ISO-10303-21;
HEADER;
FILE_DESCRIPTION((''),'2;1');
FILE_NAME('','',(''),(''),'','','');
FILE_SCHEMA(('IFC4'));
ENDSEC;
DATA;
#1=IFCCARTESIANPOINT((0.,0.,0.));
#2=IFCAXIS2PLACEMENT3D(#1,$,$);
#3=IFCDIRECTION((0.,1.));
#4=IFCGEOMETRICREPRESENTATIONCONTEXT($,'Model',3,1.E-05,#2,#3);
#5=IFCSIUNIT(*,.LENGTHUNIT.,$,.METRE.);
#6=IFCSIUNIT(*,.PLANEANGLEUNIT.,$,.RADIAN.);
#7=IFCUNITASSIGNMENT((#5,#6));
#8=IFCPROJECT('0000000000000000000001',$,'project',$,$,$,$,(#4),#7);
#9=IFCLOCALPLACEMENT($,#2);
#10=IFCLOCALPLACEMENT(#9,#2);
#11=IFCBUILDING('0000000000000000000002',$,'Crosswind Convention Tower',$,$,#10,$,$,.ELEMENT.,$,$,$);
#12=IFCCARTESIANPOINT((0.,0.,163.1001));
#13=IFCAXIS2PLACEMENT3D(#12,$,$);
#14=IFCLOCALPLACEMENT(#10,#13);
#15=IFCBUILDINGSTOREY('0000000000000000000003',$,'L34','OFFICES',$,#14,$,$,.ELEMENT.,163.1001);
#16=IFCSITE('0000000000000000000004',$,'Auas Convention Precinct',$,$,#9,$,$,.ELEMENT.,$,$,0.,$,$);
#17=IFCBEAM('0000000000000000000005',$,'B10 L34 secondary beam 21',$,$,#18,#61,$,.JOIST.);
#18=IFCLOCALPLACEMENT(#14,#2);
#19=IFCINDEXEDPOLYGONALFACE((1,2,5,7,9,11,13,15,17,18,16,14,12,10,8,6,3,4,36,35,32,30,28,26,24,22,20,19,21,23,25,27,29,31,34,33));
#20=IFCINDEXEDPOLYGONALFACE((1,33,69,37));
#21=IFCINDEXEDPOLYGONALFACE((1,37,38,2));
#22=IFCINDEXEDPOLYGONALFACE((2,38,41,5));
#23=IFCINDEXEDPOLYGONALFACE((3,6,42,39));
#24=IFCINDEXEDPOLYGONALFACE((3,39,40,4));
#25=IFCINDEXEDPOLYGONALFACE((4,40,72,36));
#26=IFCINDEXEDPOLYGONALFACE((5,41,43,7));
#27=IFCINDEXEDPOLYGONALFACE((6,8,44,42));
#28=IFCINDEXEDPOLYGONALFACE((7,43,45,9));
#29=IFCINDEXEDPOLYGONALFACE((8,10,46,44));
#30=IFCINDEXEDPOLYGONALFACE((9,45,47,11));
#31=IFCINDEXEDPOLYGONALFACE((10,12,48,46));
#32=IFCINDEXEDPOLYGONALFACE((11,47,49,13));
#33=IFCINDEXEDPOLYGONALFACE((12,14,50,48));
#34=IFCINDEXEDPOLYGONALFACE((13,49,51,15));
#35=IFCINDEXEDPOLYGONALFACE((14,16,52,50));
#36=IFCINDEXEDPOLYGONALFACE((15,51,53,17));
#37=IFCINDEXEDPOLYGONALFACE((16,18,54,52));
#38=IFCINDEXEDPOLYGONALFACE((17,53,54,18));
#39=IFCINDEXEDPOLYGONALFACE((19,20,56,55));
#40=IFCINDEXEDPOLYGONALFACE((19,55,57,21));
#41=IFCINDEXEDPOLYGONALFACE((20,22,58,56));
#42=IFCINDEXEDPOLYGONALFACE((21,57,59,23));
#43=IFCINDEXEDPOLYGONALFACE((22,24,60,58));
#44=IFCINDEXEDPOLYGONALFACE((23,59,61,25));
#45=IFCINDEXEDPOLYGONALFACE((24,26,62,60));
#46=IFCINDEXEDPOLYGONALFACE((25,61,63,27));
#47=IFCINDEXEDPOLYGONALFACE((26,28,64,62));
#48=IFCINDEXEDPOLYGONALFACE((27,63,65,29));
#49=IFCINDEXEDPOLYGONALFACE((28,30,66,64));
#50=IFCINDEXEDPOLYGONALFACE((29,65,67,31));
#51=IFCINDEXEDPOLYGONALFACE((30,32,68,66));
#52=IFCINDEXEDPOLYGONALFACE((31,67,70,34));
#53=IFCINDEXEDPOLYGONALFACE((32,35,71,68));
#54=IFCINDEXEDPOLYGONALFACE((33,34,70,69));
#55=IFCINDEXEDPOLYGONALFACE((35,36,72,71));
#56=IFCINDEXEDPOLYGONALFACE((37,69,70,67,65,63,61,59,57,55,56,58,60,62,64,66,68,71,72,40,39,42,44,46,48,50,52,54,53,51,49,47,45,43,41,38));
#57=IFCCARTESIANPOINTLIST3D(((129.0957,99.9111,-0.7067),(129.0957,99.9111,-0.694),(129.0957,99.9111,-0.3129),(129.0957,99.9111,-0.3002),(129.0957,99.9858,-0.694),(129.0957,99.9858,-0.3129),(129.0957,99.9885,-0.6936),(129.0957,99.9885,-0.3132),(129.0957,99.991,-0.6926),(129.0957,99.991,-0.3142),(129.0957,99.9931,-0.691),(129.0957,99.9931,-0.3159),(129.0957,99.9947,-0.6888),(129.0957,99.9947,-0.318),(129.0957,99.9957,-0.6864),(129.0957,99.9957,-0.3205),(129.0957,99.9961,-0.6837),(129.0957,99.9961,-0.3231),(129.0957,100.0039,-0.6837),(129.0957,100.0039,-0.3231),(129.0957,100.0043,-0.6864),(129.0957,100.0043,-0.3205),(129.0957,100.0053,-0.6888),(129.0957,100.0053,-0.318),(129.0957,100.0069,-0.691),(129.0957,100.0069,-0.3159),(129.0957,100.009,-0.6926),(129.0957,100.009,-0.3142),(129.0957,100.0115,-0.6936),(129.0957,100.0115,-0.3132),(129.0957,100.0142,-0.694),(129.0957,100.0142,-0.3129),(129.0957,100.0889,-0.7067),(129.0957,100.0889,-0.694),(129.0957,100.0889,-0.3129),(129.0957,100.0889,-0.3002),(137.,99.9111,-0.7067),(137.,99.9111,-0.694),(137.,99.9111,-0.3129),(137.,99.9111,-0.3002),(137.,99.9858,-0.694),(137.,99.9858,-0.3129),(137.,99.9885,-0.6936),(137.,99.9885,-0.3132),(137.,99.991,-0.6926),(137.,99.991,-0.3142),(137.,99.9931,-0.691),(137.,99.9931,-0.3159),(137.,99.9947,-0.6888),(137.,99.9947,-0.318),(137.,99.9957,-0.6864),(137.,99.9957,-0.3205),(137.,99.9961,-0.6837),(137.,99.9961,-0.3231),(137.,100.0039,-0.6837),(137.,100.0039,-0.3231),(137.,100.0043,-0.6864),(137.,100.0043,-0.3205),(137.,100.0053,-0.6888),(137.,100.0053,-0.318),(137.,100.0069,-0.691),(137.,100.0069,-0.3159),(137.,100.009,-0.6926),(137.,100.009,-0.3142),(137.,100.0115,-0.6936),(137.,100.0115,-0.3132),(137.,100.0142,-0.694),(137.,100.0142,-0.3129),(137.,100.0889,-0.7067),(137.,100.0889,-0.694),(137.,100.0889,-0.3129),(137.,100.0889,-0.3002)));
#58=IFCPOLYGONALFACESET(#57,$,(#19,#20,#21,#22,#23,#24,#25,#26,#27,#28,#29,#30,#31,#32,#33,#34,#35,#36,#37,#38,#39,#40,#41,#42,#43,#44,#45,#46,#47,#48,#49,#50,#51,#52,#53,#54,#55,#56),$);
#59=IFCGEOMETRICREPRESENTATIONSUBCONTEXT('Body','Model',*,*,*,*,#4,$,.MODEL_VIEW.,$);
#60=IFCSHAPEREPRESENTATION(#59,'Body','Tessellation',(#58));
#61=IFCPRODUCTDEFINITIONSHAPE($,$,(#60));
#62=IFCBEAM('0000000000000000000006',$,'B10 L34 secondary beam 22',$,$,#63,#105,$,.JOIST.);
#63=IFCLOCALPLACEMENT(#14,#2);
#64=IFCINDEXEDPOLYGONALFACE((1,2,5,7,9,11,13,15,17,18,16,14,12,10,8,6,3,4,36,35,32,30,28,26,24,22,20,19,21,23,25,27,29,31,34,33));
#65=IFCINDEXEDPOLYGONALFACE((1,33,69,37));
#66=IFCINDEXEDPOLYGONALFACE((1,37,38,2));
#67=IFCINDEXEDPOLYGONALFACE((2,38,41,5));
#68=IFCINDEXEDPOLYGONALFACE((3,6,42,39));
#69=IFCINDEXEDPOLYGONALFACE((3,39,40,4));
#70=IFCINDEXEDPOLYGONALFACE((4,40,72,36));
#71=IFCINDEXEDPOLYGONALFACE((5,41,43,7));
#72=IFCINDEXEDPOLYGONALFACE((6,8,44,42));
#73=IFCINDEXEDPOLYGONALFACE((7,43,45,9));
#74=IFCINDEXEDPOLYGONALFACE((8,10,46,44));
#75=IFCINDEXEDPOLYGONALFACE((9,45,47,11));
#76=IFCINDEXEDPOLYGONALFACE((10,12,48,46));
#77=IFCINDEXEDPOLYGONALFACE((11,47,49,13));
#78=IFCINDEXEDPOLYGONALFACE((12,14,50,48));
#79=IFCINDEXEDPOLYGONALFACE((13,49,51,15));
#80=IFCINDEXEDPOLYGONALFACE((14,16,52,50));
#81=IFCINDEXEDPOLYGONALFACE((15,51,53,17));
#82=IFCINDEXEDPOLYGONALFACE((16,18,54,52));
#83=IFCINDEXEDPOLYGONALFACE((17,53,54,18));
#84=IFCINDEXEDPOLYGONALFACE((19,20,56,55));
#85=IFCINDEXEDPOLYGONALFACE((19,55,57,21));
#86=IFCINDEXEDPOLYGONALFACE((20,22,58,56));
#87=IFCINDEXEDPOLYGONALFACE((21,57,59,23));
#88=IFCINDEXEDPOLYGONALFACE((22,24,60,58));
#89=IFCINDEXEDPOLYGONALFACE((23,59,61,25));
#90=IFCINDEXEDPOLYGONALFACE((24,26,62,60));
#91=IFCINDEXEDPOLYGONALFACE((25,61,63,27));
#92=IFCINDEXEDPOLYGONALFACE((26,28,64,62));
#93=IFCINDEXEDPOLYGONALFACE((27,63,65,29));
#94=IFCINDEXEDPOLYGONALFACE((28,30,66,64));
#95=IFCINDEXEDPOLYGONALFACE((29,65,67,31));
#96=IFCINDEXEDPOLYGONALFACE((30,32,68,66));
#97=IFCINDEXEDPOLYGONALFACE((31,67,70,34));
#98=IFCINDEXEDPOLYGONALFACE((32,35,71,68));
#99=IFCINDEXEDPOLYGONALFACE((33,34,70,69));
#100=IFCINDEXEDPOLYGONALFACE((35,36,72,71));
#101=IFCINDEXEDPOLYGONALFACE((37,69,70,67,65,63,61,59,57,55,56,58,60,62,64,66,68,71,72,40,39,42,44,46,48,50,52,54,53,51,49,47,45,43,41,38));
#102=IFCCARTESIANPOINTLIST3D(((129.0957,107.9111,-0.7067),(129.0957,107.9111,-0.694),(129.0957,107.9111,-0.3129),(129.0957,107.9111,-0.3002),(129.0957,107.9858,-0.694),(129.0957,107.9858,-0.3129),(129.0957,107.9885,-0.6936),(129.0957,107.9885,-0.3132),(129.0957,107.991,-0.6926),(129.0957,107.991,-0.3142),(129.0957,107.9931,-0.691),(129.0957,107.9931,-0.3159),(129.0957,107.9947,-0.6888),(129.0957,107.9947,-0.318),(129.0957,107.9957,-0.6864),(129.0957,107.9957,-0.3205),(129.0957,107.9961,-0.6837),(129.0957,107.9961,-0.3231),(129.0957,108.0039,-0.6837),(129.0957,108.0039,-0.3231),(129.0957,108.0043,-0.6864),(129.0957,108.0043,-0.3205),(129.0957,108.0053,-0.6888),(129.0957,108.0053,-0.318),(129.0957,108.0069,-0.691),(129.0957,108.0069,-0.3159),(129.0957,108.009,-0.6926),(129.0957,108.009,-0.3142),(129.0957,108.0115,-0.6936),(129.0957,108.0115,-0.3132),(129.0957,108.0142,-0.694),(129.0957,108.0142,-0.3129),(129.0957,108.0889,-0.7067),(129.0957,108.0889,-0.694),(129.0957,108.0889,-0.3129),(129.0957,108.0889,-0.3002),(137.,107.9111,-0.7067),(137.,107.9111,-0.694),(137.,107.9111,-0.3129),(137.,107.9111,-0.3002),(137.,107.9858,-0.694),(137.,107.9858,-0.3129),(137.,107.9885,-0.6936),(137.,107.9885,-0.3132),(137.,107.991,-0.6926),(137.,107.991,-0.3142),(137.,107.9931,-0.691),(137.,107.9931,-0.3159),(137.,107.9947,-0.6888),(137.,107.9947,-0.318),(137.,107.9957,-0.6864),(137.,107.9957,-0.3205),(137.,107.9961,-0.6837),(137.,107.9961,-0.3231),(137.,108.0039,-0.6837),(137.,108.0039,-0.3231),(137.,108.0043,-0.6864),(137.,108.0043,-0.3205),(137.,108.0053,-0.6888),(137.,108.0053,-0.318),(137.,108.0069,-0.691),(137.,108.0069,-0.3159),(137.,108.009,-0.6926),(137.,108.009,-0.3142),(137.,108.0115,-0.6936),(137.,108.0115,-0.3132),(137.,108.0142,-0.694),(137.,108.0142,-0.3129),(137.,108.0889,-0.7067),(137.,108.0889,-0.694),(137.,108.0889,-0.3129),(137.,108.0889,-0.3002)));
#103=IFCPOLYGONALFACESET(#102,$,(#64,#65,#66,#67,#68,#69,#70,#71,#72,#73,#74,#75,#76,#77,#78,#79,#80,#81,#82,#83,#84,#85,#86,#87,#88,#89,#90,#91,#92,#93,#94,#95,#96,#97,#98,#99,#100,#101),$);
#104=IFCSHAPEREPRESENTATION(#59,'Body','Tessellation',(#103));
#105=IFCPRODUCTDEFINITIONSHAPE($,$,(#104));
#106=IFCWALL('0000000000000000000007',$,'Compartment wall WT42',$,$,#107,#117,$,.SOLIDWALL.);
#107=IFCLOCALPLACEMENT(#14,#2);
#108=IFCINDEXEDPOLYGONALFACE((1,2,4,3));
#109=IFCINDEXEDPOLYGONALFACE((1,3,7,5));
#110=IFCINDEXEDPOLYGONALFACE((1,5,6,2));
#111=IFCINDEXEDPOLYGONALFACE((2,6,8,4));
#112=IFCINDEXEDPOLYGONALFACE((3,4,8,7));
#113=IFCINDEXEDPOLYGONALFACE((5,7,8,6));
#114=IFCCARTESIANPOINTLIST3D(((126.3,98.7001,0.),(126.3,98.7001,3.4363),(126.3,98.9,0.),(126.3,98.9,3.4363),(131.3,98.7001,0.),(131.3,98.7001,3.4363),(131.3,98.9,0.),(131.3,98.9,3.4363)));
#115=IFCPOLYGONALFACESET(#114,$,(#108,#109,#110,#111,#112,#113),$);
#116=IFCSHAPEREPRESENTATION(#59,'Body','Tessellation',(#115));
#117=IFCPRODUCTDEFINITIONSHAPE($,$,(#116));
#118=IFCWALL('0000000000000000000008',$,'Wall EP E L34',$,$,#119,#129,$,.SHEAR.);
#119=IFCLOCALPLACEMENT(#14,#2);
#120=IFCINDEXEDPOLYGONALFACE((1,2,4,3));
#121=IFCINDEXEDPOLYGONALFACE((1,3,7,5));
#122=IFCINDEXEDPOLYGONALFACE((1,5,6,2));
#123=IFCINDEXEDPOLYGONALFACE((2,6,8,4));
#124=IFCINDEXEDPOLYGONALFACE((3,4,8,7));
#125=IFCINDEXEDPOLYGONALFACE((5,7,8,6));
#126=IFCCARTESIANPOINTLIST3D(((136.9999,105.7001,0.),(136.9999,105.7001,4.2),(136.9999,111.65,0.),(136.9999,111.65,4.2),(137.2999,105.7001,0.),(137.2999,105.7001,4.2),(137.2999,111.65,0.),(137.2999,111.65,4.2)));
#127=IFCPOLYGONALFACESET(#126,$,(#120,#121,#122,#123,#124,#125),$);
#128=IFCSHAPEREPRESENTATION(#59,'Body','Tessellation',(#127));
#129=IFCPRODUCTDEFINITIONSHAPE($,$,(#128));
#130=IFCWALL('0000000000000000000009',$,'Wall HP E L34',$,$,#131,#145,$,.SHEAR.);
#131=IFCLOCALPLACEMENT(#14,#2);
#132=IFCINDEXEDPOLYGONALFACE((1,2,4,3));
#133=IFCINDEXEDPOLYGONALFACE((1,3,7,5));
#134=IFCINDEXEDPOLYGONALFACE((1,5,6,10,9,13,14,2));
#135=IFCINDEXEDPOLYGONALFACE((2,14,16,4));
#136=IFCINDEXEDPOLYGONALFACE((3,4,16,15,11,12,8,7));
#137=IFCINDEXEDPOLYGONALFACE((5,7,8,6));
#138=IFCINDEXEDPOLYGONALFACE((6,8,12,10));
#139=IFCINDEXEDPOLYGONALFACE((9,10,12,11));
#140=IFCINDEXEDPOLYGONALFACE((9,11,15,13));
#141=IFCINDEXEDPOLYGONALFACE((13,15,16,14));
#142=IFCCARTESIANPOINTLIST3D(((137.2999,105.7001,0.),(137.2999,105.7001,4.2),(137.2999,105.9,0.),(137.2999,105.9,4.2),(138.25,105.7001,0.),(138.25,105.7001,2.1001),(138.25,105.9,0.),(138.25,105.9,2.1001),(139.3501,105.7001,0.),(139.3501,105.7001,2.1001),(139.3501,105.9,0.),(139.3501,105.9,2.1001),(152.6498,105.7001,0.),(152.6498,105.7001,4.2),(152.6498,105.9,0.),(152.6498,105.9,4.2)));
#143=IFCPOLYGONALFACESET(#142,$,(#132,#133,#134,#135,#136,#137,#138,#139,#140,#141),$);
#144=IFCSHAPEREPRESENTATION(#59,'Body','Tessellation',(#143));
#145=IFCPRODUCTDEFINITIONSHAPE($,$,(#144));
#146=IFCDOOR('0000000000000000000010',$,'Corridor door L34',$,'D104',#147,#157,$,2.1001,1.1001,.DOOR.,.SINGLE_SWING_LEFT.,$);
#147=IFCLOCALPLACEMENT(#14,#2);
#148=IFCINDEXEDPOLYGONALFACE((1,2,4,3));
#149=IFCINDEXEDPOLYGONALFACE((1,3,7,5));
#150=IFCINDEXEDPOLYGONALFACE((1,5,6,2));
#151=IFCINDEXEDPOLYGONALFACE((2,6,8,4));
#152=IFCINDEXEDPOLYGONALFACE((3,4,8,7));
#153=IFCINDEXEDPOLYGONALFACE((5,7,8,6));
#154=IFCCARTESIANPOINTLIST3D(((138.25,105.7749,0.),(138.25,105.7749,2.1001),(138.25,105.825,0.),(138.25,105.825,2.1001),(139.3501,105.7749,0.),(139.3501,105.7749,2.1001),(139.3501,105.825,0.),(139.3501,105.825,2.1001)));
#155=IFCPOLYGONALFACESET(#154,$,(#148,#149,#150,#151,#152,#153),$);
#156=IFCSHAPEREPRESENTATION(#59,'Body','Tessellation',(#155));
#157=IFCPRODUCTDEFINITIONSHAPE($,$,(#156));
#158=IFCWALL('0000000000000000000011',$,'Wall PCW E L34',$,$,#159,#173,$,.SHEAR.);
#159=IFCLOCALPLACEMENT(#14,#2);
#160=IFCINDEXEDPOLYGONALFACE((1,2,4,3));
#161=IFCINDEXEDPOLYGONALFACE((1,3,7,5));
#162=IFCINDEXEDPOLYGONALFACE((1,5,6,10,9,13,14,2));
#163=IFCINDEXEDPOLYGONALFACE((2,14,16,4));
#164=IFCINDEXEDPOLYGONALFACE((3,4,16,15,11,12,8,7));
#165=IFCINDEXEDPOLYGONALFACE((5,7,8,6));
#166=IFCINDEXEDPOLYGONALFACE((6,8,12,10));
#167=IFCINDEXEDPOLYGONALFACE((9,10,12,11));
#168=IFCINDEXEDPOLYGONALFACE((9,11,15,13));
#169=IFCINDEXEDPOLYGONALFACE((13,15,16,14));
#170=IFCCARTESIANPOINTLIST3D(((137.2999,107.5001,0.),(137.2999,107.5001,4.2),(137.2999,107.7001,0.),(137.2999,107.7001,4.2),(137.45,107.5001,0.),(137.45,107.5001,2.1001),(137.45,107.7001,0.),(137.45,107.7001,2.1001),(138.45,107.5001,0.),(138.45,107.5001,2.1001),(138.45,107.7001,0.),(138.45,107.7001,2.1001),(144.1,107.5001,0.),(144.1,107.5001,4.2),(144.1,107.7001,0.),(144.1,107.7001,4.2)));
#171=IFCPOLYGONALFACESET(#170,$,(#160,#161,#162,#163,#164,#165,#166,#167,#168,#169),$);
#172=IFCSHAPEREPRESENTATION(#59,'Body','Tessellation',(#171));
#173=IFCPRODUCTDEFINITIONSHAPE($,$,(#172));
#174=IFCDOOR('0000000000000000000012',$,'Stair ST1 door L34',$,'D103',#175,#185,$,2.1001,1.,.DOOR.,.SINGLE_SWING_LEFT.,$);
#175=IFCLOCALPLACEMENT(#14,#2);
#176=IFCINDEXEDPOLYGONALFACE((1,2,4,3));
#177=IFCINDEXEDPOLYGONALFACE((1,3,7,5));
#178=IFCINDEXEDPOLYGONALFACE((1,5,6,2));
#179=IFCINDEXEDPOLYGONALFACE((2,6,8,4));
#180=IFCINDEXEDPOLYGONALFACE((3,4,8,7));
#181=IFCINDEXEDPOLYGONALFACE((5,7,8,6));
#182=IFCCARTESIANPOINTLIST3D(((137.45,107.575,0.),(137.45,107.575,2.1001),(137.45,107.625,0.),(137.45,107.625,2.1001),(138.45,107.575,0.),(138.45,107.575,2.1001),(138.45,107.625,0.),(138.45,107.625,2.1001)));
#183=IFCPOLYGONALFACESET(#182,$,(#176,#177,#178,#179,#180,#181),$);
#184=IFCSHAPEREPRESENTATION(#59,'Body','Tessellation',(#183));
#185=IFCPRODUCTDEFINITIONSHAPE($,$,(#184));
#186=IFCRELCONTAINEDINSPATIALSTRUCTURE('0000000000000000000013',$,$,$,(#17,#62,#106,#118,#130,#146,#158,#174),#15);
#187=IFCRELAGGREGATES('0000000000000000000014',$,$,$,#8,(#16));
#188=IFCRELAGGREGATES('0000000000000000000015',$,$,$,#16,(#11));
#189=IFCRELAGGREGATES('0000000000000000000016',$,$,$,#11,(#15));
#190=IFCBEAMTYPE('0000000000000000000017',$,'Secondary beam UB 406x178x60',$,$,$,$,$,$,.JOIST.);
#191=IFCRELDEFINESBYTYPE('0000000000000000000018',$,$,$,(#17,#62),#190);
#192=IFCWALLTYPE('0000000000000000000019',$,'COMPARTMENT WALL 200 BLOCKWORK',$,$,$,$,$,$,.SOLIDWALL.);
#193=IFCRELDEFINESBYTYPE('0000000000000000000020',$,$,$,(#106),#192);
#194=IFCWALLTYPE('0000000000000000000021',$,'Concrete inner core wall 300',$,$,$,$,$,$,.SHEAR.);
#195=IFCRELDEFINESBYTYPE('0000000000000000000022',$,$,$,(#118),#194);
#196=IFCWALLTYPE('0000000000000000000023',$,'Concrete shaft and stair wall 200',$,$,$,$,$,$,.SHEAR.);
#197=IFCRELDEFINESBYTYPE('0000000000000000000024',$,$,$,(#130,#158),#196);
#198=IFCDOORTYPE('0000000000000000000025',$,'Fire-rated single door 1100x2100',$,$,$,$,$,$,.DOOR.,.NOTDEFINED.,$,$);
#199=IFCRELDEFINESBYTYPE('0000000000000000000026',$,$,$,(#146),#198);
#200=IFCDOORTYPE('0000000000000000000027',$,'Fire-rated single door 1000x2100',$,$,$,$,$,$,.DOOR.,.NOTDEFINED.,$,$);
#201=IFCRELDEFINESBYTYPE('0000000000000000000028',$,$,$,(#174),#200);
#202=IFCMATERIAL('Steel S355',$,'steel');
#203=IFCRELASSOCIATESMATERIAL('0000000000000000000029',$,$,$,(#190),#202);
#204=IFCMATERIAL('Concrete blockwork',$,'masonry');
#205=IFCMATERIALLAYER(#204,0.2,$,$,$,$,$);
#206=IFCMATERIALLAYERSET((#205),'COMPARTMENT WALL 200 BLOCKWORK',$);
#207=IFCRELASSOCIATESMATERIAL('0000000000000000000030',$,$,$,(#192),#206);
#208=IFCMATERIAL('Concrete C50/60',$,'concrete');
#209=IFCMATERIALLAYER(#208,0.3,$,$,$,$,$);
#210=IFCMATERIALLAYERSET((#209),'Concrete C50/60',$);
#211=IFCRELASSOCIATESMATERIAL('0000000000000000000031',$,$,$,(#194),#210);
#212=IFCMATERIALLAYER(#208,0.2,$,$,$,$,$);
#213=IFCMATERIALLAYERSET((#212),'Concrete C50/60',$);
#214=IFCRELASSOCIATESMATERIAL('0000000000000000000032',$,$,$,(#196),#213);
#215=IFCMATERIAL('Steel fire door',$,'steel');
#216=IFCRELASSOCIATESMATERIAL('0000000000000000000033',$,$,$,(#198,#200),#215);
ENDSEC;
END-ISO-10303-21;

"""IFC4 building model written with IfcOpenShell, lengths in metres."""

from ifc_helpers import new_model, si_unit, direction, frame, frame_2d, origin, origin_2d, place, context, subcontext, project, spatial, rectangle, i_section, extrude, material, layer, layer_set, material_profile, profile_set, type_object, element, fill, save


model = new_model("IFC4")

# Units and contexts
model_context = context("Model", 3, precision=1e-05, world=origin(), true_north=direction((0.0, 1.0)))
body_context = subcontext(model_context, "Body", "Model", "MODEL_VIEW")
ifc_project = project(units=[si_unit("LENGTHUNIT", "METRE"), si_unit("PLANEANGLEUNIT", "RADIAN")], contexts=[model_context])

# Site, building, storey
site_placement = place(None, origin())
site = spatial("IfcSite", under=ifc_project, at=site_placement, Name="Auas Convention Precinct", CompositionType="ELEMENT", RefElevation=0.0)
building_placement = place(site_placement, origin())
building = spatial("IfcBuilding", under=site, at=building_placement, Name="Crosswind Convention Tower", CompositionType="ELEMENT")
storey_placement = place(building_placement, frame((0.0, 0.0, 163.1001)))
storey = spatial("IfcBuildingStorey", under=building, at=storey_placement, Name="L34", Description="OFFICES", CompositionType="ELEMENT", Elevation=163.1001)

# Beams
ifc_material_1 = material(Name="Steel S355", Category="steel")
ifc_material_profile_1 = material_profile(ifc_material_1, i_section(OverallWidth=0.1777, OverallDepth=0.4065, WebThickness=0.0078, FlangeThickness=0.0127, FilletRadius=0.0103, at=origin_2d()), Name="UB 406x178x60")
ifc_profile_set_1 = profile_set([ifc_material_profile_1], Name="Steel S355")
beam_type_1 = type_object("IfcBeamType", Name="Secondary beam UB 406x178x60", PredefinedType="JOIST", material=ifc_profile_set_1)
for number, where, z_axis, x_axis, name in (
    (1, (129.0957, 100.0, -0.5034), (1.0, 0.0, 0.0), (0.0, 1.0, 0.0), "B10 L34 secondary beam 21"),
    (2, (129.0957, 108.0, -0.5034), (1.0, 0.0, 0.0), (0.0, 1.0, 0.0), "B10 L34 secondary beam 22"),
):
    element("IfcBeam", number, at=place(storey_placement, frame(where, z_axis=z_axis, x_axis=x_axis)), inside=storey, type_object=beam_type_1, Name=name, PredefinedType="JOIST", context=body_context, shape_type="SweptSolid", body=[
        extrude(i_section(OverallWidth=0.1777, OverallDepth=0.4065, WebThickness=0.0078, FlangeThickness=0.0127, FilletRadius=0.0103, at=origin_2d()), origin(), (0.0, 0.0, 1.0), 7.9043),
    ])

# Walls
ifc_material_2 = material(Name="Concrete blockwork", Category="masonry")
ifc_layer_1 = layer(ifc_material_2, 0.2)
ifc_layer_set_1 = layer_set([ifc_layer_1], Name="COMPARTMENT WALL 200 BLOCKWORK")
wall_type_1 = type_object("IfcWallType", Name="COMPARTMENT WALL 200 BLOCKWORK", PredefinedType="SOLIDWALL", material=ifc_layer_set_1)
wall_1_placement = place(storey_placement, frame((126.3, 98.8, 0.0), z_axis=(0.0, 0.0, 1.0), x_axis=(1.0, 0.0, 0.0)))
element("IfcWall", 3, at=wall_1_placement, inside=storey, type_object=wall_type_1, Name="Compartment wall WT42", PredefinedType="SOLIDWALL", context=body_context, shape_type="SweptSolid", body=[
    extrude(rectangle(XDim=5.0, YDim=0.2, at=frame_2d((2.5, 0.0))), origin(), (0.0, 0.0, 1.0), 3.4363),
])
ifc_material_3 = material(Name="Concrete C50/60", Category="concrete")
ifc_layer_2 = layer(ifc_material_3, 0.3)
ifc_layer_set_2 = layer_set([ifc_layer_2], Name="Concrete C50/60")
wall_type_2 = type_object("IfcWallType", Name="Concrete inner core wall 300", PredefinedType="SHEAR", material=ifc_layer_set_2)
wall_2_placement = place(storey_placement, frame((137.1499, 105.7, 0.0), z_axis=(0.0, 0.0, 1.0), x_axis=(0.0, 1.0, 0.0)))
element("IfcWall", 4, at=wall_2_placement, inside=storey, type_object=wall_type_2, Name="Wall EP E L34", PredefinedType="SHEAR", context=body_context, shape_type="SweptSolid", body=[
    extrude(rectangle(XDim=5.95, YDim=0.3, at=frame_2d((2.9751, 0.0))), origin(), (0.0, 0.0, 1.0), 4.2),
])

# Walls, openings, doors
ifc_layer_3 = layer(ifc_material_3, 0.2)
ifc_layer_set_3 = layer_set([ifc_layer_3], Name="Concrete C50/60")
wall_type_3 = type_object("IfcWallType", Name="Concrete shaft and stair wall 200", PredefinedType="SHEAR", material=ifc_layer_set_3)
wall_3_placement = place(storey_placement, frame((137.3, 105.8, 0.0), z_axis=(0.0, 0.0, 1.0), x_axis=(1.0, 0.0, 0.0)))
wall_3 = element("IfcWall", 5, at=wall_3_placement, inside=storey, type_object=wall_type_3, Name="Wall HP E L34", PredefinedType="SHEAR", context=body_context, shape_type="SweptSolid", body=[
    extrude(rectangle(XDim=15.3499, YDim=0.2, at=frame_2d((7.6748, 0.0))), origin(), (0.0, 0.0, 1.0), 4.2),
])
opening_1_placement = place(wall_3_placement, frame((0.95, 0.0, 0.0)))
opening_1 = element("IfcOpeningElement", 6, at=opening_1_placement, cuts=wall_3, PredefinedType="OPENING", context=body_context, shape_type="SweptSolid", body=[
    extrude(rectangle(XDim=1.1001, YDim=2.1001, at=frame_2d((0.55, 1.05))), frame((0.0, 0.1099, 0.0), z_axis=(0.0, -1.0, 0.0), x_axis=(1.0, 0.0, 0.0)), (0.0, 0.0, 1.0), 0.22),
])
ifc_material_4 = material(Name="Steel fire door", Category="steel")
door_type_1 = type_object("IfcDoorType", Name="Fire-rated single door 1100x2100", OperationType="NOTDEFINED", PredefinedType="DOOR", material=ifc_material_4)
door_1_placement = place(opening_1_placement, origin())
door_1 = element("IfcDoor", 7, at=door_1_placement, inside=storey, type_object=door_type_1, Name="Corridor door L34", ObjectType="D104", OperationType="SINGLE_SWING_LEFT", OverallHeight=2.1001, OverallWidth=1.1001, PredefinedType="DOOR", context=body_context, shape_type="SweptSolid", body=[
    extrude(rectangle(XDim=1.1001, YDim=2.1001, at=frame_2d((0.55, 1.05))), frame((0.0, 0.0249, 0.0), z_axis=(0.0, -1.0, 0.0), x_axis=(1.0, 0.0, 0.0)), (0.0, 0.0, 1.0), 0.05),
])
fill(opening_1, door_1)
wall_4_placement = place(storey_placement, frame((137.3, 107.6001, 0.0), z_axis=(0.0, 0.0, 1.0), x_axis=(1.0, 0.0, 0.0)))
wall_4 = element("IfcWall", 8, at=wall_4_placement, inside=storey, type_object=wall_type_3, Name="Wall PCW E L34", PredefinedType="SHEAR", context=body_context, shape_type="SweptSolid", body=[
    extrude(rectangle(XDim=6.8, YDim=0.2, at=frame_2d((3.3999, 0.0))), origin(), (0.0, 0.0, 1.0), 4.2),
])
opening_2_placement = place(wall_4_placement, frame((0.1499, 0.0, 0.0)))
opening_2 = element("IfcOpeningElement", 9, at=opening_2_placement, cuts=wall_4, PredefinedType="OPENING", context=body_context, shape_type="SweptSolid", body=[
    extrude(rectangle(XDim=1.0, YDim=2.1001, at=frame_2d((0.5, 1.05))), frame((0.0, 0.1099, 0.0), z_axis=(0.0, -1.0, 0.0), x_axis=(1.0, 0.0, 0.0)), (0.0, 0.0, 1.0), 0.22),
])
door_type_2 = type_object("IfcDoorType", Name="Fire-rated single door 1000x2100", OperationType="NOTDEFINED", PredefinedType="DOOR", material=ifc_material_4)
door_2_placement = place(opening_2_placement, origin())
door_2 = element("IfcDoor", 10, at=door_2_placement, inside=storey, type_object=door_type_2, Name="Stair ST1 door L34", ObjectType="D103", OperationType="SINGLE_SWING_LEFT", OverallHeight=2.1001, OverallWidth=1.0, PredefinedType="DOOR", context=body_context, shape_type="SweptSolid", body=[
    extrude(rectangle(XDim=1.0, YDim=2.1001, at=frame_2d((0.5, 1.05))), frame((0.0, 0.0249, 0.0), z_axis=(0.0, -1.0, 0.0), x_axis=(1.0, 0.0, 0.0)), (0.0, 0.0, 1.0), 0.05),
])
fill(opening_2, door_2)

save(model, "model.ifc")
